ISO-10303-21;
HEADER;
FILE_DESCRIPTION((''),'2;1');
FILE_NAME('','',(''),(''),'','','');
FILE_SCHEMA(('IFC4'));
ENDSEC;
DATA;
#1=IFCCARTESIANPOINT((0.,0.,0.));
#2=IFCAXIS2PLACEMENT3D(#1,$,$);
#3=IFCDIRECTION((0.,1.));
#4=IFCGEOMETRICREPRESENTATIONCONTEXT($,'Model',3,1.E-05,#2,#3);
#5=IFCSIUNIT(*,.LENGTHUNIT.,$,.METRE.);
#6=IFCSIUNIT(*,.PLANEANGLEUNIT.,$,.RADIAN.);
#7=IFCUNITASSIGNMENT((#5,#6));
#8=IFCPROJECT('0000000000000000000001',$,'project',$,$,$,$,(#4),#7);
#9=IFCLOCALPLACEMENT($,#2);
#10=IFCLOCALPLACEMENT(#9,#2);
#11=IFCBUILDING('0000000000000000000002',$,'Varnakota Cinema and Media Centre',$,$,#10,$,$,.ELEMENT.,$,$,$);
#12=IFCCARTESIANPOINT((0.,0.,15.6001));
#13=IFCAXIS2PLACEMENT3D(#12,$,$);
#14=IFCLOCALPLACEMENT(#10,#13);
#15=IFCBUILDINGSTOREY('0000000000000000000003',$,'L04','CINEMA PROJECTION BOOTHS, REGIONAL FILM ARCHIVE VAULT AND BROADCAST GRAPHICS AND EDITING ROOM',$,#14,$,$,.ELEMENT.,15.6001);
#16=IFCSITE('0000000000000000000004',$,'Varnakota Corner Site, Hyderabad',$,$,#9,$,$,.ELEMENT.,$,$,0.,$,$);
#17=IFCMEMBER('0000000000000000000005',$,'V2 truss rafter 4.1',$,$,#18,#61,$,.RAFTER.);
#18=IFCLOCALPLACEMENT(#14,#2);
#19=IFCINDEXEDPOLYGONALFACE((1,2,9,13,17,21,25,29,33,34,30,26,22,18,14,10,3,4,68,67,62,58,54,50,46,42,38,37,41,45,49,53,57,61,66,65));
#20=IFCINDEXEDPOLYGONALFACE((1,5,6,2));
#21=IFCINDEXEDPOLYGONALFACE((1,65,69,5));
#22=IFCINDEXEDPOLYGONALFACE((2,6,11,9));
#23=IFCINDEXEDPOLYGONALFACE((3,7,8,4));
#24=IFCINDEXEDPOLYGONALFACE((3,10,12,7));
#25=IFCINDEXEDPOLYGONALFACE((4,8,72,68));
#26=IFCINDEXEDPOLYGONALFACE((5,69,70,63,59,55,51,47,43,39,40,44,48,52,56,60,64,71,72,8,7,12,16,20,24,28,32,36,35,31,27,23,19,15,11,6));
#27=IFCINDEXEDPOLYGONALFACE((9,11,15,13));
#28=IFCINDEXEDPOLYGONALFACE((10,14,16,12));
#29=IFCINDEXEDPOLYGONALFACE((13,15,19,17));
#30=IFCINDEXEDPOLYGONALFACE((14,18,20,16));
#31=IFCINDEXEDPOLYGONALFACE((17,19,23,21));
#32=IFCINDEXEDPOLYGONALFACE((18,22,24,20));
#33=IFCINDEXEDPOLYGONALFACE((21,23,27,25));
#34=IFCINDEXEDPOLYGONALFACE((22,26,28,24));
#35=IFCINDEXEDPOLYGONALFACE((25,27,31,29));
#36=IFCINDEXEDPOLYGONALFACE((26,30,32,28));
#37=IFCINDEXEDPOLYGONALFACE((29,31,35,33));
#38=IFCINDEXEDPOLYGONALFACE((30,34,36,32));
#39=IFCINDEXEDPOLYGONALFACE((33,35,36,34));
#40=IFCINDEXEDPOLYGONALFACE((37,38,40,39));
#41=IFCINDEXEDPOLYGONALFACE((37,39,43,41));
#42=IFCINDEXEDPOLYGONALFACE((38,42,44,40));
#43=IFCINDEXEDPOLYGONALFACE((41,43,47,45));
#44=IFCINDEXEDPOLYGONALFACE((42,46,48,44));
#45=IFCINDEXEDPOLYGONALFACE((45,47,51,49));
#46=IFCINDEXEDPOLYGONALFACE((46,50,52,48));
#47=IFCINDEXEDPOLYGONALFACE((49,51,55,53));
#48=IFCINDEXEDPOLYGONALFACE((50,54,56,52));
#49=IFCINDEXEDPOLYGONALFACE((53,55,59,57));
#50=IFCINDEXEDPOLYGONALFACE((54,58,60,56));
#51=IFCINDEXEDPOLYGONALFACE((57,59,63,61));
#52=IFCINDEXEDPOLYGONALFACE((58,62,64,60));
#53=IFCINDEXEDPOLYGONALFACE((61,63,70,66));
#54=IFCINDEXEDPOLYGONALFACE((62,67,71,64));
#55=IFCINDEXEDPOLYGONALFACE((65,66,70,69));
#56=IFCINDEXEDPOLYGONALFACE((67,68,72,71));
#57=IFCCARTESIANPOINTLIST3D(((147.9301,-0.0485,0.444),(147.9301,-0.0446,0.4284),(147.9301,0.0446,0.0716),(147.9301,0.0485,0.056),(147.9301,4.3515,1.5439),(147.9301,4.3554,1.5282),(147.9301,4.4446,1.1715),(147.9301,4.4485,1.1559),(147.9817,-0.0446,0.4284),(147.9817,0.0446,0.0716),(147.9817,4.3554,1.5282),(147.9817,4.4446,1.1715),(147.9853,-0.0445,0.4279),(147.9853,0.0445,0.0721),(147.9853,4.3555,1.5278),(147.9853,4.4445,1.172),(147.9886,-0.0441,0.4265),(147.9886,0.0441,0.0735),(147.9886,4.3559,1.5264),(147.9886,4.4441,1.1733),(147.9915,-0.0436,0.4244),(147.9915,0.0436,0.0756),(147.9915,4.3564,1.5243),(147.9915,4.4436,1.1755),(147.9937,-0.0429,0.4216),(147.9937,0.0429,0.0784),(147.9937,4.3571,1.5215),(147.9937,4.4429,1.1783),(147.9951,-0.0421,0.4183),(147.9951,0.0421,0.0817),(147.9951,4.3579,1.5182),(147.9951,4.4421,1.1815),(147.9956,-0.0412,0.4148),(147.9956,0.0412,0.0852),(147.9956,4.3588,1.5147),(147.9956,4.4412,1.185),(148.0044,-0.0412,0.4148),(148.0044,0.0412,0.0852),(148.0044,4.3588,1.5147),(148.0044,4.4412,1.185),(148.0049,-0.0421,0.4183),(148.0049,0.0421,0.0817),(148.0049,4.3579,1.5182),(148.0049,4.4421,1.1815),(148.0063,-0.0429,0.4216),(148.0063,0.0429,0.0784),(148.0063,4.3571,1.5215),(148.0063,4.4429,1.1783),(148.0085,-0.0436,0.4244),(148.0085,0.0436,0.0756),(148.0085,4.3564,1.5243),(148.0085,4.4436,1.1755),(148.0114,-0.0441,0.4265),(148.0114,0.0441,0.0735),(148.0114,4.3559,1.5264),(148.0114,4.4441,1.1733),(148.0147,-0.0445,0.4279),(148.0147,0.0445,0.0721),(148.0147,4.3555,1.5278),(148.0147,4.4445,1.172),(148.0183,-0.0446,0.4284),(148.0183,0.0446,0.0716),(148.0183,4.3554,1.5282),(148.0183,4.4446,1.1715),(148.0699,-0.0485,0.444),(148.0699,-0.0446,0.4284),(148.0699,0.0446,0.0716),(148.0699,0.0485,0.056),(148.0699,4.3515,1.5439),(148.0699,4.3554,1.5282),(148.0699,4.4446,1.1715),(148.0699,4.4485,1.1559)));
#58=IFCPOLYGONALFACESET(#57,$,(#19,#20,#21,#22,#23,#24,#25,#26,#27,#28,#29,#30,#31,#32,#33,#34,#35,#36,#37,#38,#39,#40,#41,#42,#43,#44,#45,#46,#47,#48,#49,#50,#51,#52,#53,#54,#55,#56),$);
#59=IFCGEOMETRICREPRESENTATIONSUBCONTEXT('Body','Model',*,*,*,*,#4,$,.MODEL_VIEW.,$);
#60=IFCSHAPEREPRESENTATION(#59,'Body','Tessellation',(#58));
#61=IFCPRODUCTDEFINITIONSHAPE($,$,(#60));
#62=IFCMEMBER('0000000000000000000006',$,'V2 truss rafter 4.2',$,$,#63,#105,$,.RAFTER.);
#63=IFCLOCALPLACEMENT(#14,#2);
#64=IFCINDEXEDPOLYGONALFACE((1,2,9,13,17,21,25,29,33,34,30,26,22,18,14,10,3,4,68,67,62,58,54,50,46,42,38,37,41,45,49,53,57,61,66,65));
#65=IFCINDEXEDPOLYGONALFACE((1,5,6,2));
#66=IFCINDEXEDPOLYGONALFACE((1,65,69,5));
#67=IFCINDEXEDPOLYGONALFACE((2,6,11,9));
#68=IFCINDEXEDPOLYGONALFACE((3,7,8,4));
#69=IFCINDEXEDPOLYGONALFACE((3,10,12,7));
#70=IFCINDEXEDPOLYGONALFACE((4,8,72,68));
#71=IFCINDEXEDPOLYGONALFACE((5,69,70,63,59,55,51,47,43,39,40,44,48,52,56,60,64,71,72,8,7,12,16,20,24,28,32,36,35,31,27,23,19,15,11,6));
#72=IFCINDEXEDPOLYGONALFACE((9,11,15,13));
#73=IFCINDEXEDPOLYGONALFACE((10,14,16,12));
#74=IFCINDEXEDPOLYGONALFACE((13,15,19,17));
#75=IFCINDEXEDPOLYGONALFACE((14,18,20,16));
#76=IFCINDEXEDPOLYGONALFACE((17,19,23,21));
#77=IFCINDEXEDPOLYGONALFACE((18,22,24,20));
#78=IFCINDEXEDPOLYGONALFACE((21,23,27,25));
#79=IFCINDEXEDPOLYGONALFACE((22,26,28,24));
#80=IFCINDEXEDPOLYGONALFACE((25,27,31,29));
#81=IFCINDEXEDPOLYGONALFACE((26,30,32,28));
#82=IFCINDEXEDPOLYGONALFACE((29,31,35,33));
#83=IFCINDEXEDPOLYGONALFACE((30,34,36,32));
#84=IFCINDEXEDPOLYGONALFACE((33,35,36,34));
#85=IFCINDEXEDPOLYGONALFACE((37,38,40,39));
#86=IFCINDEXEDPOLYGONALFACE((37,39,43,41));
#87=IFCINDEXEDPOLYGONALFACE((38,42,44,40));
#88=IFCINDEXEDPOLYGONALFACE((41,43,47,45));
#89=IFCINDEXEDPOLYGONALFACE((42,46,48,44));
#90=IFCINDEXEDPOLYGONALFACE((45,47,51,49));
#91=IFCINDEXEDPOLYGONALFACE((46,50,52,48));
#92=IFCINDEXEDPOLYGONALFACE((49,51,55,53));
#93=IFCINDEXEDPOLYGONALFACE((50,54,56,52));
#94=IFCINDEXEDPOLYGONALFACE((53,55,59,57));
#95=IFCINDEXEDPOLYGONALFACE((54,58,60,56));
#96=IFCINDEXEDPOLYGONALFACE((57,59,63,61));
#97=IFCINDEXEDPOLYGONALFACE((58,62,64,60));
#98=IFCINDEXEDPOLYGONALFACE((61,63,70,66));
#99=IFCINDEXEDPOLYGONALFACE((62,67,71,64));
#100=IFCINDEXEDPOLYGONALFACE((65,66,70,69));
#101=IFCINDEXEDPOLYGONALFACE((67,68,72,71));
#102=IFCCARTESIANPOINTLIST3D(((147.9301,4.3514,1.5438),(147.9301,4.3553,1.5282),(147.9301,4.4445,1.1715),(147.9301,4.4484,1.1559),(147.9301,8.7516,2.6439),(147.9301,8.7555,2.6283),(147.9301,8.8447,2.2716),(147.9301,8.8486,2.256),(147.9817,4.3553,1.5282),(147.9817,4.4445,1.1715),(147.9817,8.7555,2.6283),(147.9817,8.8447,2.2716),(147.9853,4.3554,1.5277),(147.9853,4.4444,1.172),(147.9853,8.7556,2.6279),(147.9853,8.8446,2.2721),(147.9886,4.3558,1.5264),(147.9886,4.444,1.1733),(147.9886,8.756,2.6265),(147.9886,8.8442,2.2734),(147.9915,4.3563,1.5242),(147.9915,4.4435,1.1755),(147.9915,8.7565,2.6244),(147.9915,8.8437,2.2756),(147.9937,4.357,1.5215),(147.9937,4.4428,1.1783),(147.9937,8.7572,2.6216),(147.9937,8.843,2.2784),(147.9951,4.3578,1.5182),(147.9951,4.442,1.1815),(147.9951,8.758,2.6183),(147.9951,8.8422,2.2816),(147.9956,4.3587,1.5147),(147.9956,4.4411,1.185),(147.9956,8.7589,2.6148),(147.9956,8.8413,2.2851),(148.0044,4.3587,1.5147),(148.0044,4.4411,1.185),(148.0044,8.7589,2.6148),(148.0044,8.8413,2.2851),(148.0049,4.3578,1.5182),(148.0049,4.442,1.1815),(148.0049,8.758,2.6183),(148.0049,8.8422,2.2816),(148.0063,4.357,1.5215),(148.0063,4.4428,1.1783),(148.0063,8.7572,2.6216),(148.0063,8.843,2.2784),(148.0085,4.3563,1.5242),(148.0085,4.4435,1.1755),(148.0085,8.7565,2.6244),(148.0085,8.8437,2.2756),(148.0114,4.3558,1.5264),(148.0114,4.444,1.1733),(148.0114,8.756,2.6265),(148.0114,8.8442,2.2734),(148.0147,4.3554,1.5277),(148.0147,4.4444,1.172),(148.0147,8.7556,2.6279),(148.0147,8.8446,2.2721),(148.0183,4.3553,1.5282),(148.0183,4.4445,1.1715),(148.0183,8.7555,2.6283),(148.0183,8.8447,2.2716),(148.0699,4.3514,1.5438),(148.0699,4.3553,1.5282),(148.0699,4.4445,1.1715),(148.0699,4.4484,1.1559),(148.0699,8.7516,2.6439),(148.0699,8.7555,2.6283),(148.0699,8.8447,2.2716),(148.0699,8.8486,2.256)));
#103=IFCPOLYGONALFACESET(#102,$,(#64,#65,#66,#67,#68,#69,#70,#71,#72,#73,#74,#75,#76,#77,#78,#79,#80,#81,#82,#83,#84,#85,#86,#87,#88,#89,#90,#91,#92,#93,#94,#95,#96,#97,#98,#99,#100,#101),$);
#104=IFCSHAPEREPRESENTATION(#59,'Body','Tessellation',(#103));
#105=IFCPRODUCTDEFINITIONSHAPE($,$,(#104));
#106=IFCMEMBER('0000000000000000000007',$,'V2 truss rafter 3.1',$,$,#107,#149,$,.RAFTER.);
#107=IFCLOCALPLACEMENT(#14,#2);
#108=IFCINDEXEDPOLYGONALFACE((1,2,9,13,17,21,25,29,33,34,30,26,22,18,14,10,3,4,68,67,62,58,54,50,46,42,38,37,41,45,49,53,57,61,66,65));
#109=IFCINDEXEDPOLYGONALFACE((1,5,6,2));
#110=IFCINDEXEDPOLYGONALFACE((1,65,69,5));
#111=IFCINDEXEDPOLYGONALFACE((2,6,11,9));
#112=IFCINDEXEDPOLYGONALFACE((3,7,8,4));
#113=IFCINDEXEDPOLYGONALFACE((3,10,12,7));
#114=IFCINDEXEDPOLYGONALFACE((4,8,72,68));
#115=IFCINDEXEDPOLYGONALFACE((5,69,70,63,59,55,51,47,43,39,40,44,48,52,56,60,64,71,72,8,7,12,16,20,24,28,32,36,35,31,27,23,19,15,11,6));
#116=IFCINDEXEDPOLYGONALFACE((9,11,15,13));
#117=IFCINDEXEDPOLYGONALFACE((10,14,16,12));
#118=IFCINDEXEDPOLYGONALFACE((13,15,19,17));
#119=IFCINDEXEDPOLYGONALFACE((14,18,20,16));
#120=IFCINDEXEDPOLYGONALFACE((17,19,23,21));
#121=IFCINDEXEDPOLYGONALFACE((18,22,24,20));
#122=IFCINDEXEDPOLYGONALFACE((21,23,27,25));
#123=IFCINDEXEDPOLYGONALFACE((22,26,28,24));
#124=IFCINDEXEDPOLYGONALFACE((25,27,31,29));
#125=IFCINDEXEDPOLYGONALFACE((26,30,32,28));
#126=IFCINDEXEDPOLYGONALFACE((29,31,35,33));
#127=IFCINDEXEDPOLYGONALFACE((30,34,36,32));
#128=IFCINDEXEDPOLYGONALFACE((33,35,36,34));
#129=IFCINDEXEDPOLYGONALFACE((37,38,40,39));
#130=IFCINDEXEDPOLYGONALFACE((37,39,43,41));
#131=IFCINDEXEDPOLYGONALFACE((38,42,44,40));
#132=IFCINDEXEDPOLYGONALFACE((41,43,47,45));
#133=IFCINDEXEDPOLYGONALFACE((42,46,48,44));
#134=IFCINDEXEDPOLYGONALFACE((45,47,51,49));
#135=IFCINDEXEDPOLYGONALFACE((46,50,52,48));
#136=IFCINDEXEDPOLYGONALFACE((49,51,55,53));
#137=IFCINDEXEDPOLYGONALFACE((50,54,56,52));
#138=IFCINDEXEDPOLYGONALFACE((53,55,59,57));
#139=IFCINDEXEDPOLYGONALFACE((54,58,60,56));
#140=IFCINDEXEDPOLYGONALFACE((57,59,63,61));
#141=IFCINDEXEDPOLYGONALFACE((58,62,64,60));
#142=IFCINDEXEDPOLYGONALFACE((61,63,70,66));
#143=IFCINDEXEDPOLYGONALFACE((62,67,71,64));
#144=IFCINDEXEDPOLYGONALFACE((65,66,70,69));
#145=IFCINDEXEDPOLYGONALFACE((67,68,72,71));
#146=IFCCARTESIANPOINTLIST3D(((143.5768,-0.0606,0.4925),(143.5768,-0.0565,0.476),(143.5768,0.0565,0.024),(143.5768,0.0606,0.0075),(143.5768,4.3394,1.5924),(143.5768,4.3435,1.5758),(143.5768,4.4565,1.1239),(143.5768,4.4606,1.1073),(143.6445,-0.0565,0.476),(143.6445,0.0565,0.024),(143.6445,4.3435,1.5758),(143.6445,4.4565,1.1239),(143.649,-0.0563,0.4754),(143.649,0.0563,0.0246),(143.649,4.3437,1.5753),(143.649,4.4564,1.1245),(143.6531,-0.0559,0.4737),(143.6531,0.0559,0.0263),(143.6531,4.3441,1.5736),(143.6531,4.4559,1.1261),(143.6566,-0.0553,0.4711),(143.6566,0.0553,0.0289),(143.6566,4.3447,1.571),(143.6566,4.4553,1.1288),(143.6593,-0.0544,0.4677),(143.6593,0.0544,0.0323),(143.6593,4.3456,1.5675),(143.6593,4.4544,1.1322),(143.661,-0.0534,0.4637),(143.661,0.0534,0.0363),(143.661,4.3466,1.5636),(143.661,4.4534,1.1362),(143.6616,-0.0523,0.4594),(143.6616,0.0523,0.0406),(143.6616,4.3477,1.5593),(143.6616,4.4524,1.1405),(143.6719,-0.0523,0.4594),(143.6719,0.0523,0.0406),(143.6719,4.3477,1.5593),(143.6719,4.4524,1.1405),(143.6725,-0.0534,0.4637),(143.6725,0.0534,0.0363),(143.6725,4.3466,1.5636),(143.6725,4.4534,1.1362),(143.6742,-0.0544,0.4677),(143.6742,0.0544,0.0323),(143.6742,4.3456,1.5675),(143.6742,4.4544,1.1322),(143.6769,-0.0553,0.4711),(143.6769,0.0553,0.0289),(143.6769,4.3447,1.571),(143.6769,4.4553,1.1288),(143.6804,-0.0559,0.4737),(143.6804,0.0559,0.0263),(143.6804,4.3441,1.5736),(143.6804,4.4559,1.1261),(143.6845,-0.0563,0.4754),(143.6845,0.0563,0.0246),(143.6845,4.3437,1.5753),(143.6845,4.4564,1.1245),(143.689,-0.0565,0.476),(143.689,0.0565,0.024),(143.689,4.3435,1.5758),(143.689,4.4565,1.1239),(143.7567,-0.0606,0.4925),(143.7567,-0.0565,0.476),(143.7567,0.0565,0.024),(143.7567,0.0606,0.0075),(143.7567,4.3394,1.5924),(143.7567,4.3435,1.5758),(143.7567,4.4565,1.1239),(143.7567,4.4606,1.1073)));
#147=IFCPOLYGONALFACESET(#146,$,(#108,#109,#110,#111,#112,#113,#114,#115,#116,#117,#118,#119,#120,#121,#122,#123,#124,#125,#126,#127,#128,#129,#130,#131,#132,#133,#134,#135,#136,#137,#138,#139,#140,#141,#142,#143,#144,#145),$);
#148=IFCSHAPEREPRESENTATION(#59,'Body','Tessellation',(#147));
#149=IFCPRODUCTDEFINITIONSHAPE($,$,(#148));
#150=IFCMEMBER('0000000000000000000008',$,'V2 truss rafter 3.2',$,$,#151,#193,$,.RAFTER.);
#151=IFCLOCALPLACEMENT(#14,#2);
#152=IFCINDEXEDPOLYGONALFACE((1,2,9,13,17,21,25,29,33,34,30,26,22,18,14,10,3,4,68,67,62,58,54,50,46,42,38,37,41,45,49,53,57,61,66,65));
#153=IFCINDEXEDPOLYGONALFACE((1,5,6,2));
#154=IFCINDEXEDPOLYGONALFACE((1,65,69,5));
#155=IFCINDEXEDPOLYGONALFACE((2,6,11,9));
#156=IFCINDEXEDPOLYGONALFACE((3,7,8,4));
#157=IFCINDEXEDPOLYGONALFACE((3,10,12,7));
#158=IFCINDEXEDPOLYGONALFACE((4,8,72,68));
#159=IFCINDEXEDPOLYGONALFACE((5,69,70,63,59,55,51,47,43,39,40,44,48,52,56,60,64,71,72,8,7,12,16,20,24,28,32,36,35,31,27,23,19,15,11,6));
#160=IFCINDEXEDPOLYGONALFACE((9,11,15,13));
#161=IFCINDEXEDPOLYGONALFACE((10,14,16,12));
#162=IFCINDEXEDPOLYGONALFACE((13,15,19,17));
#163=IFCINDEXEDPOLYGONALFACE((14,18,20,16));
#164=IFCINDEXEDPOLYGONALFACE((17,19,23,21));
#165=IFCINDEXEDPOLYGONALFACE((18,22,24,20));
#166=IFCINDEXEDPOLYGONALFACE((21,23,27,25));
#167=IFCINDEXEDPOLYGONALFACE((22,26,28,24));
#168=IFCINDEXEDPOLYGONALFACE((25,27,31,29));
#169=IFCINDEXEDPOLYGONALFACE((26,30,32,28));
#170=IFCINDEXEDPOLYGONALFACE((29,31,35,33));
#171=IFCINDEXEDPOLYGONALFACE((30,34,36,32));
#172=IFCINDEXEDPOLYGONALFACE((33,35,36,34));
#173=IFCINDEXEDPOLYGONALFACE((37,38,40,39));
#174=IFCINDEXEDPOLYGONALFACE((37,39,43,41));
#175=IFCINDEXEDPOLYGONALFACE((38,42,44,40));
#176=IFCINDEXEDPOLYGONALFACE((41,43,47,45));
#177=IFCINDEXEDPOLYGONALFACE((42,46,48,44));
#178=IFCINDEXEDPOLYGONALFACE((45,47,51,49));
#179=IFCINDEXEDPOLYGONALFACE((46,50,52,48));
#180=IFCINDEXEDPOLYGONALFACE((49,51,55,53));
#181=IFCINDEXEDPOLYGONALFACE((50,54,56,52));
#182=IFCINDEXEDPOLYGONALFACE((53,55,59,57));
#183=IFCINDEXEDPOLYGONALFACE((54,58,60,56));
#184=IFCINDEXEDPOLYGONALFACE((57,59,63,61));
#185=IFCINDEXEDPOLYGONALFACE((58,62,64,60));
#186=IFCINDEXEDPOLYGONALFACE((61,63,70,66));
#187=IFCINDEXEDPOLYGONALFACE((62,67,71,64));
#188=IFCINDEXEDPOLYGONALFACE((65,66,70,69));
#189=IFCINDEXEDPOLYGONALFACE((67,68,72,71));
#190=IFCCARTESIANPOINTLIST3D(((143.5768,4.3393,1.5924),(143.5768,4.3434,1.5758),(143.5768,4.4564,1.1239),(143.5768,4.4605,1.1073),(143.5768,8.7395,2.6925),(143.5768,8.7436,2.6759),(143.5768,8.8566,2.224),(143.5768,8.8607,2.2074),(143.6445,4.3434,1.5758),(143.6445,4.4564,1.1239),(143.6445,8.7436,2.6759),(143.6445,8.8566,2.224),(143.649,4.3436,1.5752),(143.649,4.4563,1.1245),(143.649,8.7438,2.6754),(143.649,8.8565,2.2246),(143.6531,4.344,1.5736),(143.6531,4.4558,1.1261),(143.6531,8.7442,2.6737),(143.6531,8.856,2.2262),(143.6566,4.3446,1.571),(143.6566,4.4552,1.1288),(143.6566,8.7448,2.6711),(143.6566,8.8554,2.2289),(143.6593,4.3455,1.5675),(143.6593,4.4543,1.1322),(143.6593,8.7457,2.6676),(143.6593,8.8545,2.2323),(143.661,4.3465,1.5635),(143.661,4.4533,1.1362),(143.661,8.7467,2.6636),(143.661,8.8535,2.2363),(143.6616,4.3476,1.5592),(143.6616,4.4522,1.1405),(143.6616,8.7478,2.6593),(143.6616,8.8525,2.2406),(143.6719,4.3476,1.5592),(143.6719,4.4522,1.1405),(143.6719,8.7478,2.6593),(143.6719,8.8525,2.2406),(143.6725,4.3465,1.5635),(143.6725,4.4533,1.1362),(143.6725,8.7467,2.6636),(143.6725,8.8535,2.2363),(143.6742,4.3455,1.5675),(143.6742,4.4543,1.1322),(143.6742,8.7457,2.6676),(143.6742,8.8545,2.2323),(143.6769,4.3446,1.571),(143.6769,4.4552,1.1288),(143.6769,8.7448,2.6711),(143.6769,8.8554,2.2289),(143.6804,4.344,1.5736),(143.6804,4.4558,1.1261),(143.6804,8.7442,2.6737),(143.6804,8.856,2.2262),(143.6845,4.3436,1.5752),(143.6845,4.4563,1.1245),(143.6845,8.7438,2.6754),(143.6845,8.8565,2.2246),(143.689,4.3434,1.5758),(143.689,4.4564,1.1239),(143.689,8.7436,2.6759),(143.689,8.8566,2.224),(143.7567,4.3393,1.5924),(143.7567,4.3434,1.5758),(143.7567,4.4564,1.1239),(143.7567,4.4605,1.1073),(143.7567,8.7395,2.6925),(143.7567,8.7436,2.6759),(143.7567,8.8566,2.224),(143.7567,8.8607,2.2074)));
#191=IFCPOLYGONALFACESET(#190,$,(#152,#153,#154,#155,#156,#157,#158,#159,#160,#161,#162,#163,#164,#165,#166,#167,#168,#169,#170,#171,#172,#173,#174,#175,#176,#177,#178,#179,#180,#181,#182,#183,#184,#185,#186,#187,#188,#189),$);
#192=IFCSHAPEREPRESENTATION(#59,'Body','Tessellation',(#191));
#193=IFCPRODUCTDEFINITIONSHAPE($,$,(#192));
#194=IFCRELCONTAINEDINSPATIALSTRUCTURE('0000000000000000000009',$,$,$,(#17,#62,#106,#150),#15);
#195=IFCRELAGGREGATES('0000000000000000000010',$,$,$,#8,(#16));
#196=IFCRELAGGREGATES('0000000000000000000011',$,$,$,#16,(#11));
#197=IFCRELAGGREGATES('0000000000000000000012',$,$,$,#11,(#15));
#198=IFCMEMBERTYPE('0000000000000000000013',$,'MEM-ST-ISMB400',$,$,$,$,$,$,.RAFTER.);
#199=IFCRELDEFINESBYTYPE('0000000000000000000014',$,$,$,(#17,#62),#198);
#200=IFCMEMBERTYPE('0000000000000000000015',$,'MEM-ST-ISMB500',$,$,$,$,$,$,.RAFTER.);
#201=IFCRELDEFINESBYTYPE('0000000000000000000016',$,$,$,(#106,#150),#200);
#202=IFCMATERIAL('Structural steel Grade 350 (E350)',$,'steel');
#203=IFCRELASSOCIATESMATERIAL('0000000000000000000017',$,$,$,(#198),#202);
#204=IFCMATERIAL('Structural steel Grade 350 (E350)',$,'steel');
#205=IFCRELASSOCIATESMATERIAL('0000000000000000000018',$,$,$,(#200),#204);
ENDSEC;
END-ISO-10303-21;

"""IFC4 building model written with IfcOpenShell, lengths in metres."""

from ifc_helpers import new_model, si_unit, direction, frame, origin, origin_2d, place, context, subcontext, project, spatial, i_section, extrude, material, material_profile, profile_set, type_object, element, save


model = new_model("IFC4")

# Units and contexts
model_context = context("Model", 3, precision=1e-05, world=origin(), true_north=direction((0.0, 1.0)))
body_context = subcontext(model_context, "Body", "Model", "MODEL_VIEW")
ifc_project = project(units=[si_unit("LENGTHUNIT", "METRE"), si_unit("PLANEANGLEUNIT", "RADIAN")], contexts=[model_context])

# Site, building, storey
site_placement = place(None, origin())
site = spatial("IfcSite", under=ifc_project, at=site_placement, Name="Varnakota Corner Site, Hyderabad", CompositionType="ELEMENT", RefElevation=0.0)
building_placement = place(site_placement, origin())
building = spatial("IfcBuilding", under=site, at=building_placement, Name="Varnakota Cinema and Media Centre", CompositionType="ELEMENT")
storey_placement = place(building_placement, frame((0.0, 0.0, 15.6001)))
storey = spatial("IfcBuildingStorey", under=building, at=storey_placement, Name="L04", Description="CINEMA PROJECTION BOOTHS, REGIONAL FILM ARCHIVE VAULT AND BROADCAST GRAPHICS AND EDITING ROOM", CompositionType="ELEMENT", Elevation=15.6001)

# Members
ifc_material_1 = material(Name="Structural steel Grade 350 (E350)", Category="steel")
ifc_material_profile_1 = material_profile(ifc_material_1, i_section(OverallWidth=0.1399, OverallDepth=0.3999, WebThickness=0.0088, FlangeThickness=0.0161, FilletRadius=0.0139, at=origin_2d()), Name="ISMB 400")
ifc_profile_set_1 = profile_set([ifc_material_profile_1], Name="Structural steel Grade 350 (E350)")
member_type_1 = type_object("IfcMemberType", Name="MEM-ST-ISMB400", PredefinedType="RAFTER", material=ifc_profile_set_1)
member_1_placement = place(storey_placement, frame((148.0, 0.0, 0.25), z_axis=(0.0, 0.970149, 0.24251), x_axis=(-1.0, 0.0, 0.0)))
element("IfcMember", 1, at=member_1_placement, inside=storey, type_object=member_type_1, Name="V2 truss rafter 4.1", PredefinedType="RAFTER", context=body_context, shape_type="SweptSolid", body=[
    extrude(i_section(OverallWidth=0.1399, OverallDepth=0.3999, WebThickness=0.0088, FlangeThickness=0.0161, FilletRadius=0.0139, at=origin_2d()), origin(), (0.0, 0.0, 1.0), 4.5354),
])
member_2_placement = place(storey_placement, frame((148.0, 4.3999, 1.3499), z_axis=(0.0, 0.970139, 0.242548), x_axis=(-1.0, 0.0, 0.0)))
element("IfcMember", 2, at=member_2_placement, inside=storey, type_object=member_type_1, Name="V2 truss rafter 4.2", PredefinedType="RAFTER", context=body_context, shape_type="SweptSolid", body=[
    extrude(i_section(OverallWidth=0.1399, OverallDepth=0.3999, WebThickness=0.0088, FlangeThickness=0.0161, FilletRadius=0.0139, at=origin_2d()), origin(), (0.0, 0.0, 1.0), 4.5356),
])
ifc_material_2 = material(Name="Structural steel Grade 350 (E350)", Category="steel")
ifc_material_profile_2 = material_profile(ifc_material_2, i_section(OverallWidth=0.1799, OverallDepth=0.5, WebThickness=0.0103, FlangeThickness=0.0171, FilletRadius=0.0171, at=origin_2d()), Name="ISMB 500")
ifc_profile_set_2 = profile_set([ifc_material_profile_2], Name="Structural steel Grade 350 (E350)")
member_type_2 = type_object("IfcMemberType", Name="MEM-ST-ISMB500", PredefinedType="RAFTER", material=ifc_profile_set_2)
member_3_placement = place(storey_placement, frame((143.6667, 0.0, 0.25), z_axis=(0.0, 0.970149, 0.24251), x_axis=(-1.0, 0.0, 0.0)))
element("IfcMember", 3, at=member_3_placement, inside=storey, type_object=member_type_2, Name="V2 truss rafter 3.1", PredefinedType="RAFTER", context=body_context, shape_type="SweptSolid", body=[
    extrude(i_section(OverallWidth=0.1799, OverallDepth=0.5, WebThickness=0.0103, FlangeThickness=0.0171, FilletRadius=0.0171, at=origin_2d()), origin(), (0.0, 0.0, 1.0), 4.5354),
])
member_4_placement = place(storey_placement, frame((143.6667, 4.3999, 1.3499), z_axis=(0.0, 0.970139, 0.242548), x_axis=(-1.0, 0.0, 0.0)))
element("IfcMember", 4, at=member_4_placement, inside=storey, type_object=member_type_2, Name="V2 truss rafter 3.2", PredefinedType="RAFTER", context=body_context, shape_type="SweptSolid", body=[
    extrude(i_section(OverallWidth=0.1799, OverallDepth=0.5, WebThickness=0.0103, FlangeThickness=0.0171, FilletRadius=0.0171, at=origin_2d()), origin(), (0.0, 0.0, 1.0), 4.5356),
])

save(model, "model.ifc")
